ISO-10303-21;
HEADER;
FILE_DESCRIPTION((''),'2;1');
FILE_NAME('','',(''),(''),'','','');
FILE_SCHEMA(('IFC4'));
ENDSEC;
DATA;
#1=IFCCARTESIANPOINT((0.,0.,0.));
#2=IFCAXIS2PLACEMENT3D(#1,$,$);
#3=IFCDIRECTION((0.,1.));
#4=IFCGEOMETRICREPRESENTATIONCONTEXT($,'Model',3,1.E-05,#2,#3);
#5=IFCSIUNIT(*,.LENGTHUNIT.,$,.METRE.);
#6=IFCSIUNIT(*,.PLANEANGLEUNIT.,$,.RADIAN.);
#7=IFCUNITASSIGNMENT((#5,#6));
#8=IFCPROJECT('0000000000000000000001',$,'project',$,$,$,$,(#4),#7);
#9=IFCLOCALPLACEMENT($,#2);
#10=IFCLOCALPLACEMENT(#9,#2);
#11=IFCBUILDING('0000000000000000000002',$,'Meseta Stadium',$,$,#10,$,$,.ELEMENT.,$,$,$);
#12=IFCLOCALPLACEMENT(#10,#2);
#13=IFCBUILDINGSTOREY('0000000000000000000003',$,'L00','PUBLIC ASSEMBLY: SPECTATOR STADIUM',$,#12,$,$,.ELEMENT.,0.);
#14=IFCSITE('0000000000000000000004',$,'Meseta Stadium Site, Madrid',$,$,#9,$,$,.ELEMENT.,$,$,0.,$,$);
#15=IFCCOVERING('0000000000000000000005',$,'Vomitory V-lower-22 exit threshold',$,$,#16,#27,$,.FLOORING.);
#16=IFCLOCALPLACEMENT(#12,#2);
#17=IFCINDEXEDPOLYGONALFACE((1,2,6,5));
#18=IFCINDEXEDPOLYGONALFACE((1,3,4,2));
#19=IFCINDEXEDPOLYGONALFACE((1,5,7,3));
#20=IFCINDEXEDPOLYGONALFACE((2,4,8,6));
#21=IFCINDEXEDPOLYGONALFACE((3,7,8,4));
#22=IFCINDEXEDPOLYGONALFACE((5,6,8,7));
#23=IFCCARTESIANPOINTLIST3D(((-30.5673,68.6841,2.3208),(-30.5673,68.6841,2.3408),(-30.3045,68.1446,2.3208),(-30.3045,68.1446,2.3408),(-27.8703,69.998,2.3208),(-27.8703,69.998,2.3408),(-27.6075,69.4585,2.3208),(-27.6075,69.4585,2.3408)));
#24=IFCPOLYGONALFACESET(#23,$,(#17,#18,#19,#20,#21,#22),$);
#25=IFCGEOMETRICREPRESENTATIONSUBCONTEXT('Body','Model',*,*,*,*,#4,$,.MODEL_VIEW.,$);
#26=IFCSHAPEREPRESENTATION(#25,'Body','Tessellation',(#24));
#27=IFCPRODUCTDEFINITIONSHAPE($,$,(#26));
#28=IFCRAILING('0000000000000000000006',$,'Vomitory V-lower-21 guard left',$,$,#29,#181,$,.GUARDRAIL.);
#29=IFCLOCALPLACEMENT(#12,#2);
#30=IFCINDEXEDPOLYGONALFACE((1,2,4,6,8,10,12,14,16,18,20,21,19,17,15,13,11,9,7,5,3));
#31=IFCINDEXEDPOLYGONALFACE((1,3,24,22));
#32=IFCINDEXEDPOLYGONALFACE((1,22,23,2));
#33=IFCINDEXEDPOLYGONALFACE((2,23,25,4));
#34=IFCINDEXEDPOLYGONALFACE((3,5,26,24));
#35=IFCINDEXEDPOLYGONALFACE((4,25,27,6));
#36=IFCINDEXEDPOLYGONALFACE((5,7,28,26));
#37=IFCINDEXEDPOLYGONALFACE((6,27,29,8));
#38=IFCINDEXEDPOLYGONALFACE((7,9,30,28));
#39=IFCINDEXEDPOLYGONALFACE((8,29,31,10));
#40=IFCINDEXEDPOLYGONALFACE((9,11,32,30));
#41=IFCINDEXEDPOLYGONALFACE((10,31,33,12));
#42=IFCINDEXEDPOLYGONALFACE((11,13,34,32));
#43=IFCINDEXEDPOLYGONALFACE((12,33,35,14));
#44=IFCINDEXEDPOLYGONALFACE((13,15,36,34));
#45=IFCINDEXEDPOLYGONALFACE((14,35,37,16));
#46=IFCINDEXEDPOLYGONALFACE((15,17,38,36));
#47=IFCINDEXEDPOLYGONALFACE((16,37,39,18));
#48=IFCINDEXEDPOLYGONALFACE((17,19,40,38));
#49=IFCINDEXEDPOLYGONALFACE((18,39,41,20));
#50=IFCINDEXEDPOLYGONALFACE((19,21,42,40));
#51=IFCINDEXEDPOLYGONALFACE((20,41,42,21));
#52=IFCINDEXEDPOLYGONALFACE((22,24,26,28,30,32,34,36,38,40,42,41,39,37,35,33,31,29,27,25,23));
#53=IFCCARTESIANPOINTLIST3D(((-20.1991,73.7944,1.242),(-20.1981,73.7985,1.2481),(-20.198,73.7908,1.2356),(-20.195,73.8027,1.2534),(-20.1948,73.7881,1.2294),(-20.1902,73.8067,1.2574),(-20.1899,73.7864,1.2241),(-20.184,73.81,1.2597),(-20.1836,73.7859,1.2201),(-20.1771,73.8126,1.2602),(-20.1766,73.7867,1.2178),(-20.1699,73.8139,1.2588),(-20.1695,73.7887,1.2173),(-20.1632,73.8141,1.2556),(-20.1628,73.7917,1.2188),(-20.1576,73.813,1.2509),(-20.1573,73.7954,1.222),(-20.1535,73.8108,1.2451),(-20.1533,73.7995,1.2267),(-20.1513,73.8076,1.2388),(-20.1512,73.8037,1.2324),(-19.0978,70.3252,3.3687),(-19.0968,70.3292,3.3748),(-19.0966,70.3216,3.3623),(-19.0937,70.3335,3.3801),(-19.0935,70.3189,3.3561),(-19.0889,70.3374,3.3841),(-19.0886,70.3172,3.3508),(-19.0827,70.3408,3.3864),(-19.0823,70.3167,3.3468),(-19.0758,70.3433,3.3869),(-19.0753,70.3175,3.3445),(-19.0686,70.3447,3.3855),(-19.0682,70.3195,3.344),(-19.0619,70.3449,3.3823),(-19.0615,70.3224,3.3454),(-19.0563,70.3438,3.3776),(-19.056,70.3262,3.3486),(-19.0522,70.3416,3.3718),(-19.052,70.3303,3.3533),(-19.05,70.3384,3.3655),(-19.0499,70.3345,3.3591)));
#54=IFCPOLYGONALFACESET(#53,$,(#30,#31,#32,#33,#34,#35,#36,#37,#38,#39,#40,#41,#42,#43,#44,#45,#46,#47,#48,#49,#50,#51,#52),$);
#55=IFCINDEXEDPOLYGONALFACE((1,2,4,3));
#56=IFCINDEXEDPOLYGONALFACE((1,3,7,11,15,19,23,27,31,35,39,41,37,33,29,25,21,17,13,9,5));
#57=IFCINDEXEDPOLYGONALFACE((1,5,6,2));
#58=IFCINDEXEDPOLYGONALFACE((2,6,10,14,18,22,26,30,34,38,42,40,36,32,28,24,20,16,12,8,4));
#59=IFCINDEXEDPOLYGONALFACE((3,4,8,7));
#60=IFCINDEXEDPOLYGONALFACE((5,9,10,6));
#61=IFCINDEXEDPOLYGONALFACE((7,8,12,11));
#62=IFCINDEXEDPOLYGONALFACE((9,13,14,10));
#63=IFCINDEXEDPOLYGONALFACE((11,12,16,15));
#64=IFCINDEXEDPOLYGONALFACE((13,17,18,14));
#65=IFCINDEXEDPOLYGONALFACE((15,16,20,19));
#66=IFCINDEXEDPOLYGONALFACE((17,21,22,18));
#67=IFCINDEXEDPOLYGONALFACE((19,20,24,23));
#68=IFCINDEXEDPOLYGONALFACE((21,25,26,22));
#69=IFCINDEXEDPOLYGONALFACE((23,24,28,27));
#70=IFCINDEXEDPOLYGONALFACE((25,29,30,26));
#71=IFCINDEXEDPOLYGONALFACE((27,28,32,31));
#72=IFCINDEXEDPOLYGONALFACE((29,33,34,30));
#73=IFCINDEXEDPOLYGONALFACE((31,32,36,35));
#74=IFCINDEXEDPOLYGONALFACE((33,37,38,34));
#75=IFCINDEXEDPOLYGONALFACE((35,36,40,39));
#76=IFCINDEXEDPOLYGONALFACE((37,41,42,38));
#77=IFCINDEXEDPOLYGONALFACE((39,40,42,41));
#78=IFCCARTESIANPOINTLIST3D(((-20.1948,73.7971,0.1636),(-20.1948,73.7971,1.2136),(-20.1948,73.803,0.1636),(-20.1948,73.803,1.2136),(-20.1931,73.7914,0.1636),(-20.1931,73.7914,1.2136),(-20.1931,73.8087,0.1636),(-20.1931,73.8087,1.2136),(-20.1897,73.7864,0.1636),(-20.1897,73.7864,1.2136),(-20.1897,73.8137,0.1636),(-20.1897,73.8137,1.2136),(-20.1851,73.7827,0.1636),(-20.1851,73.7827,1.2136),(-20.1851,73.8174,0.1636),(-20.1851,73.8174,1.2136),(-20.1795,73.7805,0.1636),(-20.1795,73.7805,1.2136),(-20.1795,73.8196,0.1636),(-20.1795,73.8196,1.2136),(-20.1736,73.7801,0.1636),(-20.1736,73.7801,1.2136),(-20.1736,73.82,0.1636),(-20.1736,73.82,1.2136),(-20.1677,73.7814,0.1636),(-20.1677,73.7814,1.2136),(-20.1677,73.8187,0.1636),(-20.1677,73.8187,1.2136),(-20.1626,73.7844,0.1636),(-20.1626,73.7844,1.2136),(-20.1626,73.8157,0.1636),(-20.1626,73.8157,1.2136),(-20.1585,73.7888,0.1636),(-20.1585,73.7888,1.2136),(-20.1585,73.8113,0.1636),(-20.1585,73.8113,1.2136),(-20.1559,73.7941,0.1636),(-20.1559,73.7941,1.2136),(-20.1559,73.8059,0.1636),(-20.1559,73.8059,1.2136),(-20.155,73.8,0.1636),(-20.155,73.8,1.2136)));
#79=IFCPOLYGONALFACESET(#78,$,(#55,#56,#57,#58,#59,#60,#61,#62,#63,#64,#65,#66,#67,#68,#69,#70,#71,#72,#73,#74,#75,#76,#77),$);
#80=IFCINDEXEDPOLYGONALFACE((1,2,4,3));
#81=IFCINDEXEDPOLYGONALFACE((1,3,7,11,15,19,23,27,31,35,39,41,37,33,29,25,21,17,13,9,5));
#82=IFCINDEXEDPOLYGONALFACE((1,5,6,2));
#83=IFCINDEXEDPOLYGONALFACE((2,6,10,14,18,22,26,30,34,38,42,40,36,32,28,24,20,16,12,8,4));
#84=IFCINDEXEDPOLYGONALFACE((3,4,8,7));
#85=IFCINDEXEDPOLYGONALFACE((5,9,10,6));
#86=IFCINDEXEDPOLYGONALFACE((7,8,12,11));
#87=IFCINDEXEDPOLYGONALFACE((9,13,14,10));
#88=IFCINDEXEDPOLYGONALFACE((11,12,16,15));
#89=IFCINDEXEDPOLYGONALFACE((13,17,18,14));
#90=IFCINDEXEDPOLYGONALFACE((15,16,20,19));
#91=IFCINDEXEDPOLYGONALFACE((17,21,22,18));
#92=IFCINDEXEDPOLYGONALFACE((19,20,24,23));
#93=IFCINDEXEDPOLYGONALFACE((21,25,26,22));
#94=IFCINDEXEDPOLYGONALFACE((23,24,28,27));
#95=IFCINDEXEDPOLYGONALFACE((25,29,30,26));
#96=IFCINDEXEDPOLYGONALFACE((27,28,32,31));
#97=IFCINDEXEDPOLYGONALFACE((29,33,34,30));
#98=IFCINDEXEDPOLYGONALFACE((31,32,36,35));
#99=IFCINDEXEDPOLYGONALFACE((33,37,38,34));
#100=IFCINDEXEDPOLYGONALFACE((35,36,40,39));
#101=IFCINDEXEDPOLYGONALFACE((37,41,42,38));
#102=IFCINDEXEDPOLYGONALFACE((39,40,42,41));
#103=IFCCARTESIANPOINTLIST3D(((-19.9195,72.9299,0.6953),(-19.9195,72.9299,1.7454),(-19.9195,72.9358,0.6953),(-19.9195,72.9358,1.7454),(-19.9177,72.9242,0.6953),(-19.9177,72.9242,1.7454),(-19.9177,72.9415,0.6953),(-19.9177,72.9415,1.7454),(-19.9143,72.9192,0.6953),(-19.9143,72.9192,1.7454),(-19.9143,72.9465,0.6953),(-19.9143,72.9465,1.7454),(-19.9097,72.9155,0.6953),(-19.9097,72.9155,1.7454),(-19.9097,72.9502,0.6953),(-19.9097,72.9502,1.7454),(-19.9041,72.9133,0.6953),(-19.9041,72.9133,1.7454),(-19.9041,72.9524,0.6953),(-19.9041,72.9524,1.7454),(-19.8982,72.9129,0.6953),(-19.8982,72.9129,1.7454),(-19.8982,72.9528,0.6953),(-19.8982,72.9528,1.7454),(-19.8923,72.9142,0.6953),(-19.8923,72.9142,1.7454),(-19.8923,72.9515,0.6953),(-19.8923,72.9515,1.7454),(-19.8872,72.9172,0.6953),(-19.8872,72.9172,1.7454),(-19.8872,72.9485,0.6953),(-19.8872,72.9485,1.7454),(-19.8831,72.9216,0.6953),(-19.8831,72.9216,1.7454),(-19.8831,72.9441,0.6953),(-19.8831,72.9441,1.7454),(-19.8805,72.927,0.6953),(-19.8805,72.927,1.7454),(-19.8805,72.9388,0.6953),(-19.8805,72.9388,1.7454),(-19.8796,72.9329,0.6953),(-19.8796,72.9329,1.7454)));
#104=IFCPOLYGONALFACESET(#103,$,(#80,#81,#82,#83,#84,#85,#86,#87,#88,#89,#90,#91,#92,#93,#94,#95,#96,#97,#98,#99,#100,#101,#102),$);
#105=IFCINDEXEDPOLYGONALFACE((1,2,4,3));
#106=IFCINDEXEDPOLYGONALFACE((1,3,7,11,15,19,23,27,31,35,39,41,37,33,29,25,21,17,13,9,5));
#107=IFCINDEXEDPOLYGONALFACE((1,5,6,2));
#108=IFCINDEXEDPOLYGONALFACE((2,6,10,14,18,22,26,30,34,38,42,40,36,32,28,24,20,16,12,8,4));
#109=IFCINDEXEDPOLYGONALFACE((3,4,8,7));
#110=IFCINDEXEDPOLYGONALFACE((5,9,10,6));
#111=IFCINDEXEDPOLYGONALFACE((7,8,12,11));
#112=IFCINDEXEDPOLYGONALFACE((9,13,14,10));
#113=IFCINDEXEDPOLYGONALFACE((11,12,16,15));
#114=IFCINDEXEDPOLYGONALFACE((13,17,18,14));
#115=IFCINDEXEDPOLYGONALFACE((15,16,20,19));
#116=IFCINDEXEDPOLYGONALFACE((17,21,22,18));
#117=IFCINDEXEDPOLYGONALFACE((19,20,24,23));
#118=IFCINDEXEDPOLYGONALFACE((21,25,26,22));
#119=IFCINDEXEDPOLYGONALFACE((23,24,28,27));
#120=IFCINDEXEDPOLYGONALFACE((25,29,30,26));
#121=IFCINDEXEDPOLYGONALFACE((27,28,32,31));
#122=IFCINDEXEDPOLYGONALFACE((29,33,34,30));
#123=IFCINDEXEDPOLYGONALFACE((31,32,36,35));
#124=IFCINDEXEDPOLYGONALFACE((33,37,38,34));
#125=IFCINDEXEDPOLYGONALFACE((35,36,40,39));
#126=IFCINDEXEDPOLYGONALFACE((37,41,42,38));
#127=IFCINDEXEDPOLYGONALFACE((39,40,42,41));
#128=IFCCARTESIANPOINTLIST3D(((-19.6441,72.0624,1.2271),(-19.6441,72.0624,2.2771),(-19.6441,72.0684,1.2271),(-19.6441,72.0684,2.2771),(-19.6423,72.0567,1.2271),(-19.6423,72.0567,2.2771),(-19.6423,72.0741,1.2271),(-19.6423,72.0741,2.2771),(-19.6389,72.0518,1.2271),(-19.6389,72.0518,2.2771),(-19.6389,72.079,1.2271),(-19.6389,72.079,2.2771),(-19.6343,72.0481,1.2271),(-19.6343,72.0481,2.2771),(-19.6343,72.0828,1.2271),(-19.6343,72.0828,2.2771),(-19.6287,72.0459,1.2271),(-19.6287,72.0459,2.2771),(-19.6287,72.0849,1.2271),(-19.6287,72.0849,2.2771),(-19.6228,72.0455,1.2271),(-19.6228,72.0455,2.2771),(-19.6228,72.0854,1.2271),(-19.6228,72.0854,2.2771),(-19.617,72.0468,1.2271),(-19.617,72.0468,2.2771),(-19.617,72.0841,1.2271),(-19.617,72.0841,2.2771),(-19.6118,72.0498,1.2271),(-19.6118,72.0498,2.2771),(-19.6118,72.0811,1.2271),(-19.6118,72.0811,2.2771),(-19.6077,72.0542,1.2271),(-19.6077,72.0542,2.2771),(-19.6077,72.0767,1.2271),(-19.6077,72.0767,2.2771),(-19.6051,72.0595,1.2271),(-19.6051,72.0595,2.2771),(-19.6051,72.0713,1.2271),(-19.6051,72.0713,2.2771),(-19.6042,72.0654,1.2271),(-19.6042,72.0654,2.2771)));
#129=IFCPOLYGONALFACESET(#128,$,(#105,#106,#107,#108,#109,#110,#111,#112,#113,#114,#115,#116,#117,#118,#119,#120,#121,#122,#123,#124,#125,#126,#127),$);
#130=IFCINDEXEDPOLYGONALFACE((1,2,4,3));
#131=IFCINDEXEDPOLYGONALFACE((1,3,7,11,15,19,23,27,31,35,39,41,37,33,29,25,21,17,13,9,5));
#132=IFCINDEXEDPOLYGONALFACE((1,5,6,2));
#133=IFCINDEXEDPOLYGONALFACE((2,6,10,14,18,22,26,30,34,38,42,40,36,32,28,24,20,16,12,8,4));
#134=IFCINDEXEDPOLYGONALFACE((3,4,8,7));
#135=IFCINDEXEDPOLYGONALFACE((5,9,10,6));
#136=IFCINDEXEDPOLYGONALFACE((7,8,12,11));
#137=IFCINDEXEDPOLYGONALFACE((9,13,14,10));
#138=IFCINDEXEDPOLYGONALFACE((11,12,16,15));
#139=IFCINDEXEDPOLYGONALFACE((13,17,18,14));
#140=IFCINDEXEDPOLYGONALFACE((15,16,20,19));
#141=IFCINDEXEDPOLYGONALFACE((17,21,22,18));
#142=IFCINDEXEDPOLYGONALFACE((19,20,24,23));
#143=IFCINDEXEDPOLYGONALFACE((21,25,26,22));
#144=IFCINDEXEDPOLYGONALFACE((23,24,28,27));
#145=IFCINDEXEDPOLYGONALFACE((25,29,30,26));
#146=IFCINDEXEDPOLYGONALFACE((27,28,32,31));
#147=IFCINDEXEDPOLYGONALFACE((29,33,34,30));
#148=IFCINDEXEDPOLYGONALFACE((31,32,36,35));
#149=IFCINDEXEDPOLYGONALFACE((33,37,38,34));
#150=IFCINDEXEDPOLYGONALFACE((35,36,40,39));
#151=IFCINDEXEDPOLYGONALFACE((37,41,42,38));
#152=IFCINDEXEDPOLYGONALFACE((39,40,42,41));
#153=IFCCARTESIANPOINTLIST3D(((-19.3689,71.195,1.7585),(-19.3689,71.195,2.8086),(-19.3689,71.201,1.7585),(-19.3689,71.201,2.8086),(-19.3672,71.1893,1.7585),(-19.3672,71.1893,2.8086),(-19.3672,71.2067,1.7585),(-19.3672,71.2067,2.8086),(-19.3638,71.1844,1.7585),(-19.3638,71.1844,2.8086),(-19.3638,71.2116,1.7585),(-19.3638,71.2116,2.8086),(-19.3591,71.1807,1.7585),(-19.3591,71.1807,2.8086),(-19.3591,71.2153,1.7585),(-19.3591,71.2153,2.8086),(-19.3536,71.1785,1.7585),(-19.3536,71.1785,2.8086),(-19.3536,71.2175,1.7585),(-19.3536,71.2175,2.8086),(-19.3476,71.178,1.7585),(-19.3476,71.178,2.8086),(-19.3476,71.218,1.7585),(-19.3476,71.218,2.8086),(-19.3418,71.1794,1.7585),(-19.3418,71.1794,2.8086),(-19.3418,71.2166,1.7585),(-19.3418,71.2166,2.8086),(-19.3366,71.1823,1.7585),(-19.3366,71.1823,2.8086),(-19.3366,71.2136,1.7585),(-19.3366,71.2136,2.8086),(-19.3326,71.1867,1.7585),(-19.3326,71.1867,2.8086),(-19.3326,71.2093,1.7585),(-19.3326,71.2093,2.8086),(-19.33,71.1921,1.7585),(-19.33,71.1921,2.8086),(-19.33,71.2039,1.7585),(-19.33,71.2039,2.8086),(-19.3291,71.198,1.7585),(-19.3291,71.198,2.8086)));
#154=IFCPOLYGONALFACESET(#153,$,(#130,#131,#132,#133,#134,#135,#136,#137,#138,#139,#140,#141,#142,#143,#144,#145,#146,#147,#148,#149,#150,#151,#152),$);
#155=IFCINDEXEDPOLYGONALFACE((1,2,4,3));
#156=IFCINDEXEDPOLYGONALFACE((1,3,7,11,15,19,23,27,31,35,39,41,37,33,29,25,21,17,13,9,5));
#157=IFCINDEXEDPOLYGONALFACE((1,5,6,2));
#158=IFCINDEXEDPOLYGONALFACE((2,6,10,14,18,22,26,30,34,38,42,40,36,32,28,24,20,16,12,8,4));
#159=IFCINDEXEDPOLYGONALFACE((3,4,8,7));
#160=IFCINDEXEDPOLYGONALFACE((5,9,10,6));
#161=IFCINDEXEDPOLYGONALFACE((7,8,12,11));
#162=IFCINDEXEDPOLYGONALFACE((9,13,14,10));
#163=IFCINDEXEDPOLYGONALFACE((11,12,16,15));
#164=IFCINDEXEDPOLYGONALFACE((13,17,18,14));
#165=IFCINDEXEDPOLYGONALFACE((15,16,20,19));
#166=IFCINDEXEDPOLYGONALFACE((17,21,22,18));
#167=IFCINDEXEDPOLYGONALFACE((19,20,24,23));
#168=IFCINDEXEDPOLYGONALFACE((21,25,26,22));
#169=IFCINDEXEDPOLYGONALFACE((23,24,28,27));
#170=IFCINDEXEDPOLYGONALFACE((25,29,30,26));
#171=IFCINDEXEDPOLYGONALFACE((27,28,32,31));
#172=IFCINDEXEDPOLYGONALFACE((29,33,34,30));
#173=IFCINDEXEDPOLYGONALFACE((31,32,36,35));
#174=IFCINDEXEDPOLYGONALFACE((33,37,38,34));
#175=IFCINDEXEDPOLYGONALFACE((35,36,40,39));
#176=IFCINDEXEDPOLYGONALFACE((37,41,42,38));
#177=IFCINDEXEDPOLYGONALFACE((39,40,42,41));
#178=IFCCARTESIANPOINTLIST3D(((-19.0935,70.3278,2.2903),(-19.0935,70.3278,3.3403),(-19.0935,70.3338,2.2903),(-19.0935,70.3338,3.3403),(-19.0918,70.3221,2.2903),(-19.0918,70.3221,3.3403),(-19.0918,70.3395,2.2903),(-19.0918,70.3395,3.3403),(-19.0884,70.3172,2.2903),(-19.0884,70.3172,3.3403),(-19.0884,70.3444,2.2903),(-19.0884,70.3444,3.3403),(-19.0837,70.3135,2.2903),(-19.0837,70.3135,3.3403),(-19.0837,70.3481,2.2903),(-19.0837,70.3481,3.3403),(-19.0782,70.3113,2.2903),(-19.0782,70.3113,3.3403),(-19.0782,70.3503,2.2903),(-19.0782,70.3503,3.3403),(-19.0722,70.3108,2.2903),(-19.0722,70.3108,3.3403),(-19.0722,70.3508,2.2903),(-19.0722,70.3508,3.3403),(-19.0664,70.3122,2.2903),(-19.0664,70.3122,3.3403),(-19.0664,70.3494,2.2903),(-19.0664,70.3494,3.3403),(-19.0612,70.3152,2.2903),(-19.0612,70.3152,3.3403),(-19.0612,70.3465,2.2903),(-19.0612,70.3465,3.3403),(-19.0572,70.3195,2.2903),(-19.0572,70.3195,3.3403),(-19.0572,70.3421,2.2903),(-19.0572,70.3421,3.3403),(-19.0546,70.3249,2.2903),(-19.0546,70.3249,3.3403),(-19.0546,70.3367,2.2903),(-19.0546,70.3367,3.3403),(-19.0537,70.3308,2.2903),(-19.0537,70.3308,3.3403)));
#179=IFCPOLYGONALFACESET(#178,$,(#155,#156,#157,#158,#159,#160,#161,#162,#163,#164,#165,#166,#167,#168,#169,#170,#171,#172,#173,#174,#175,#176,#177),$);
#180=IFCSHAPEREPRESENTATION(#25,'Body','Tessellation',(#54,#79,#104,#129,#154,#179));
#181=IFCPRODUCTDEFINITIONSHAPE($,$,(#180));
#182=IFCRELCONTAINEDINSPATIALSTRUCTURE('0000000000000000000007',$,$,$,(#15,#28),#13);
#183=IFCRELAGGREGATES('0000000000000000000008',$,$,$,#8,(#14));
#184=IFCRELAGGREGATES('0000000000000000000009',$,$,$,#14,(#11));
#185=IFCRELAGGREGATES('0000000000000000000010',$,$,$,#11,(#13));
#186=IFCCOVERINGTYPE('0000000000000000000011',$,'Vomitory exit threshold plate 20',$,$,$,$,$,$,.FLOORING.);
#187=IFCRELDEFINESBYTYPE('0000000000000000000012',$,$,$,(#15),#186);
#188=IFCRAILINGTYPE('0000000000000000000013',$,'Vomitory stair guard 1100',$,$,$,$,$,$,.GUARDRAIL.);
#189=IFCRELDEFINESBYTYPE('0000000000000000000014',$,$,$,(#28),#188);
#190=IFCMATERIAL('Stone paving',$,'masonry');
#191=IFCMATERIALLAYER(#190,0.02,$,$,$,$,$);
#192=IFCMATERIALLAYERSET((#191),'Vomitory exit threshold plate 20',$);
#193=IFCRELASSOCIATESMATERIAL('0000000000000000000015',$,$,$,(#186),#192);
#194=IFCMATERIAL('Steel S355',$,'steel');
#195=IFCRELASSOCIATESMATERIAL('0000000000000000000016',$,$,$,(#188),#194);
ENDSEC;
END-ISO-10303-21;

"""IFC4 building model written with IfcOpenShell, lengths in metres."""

from ifc_helpers import new_model, si_unit, direction, frame, origin, origin_2d, place, context, subcontext, project, spatial, rectangle, circle, extrude, material, layer, layer_set, type_object, element, save


model = new_model("IFC4")

# Units and contexts
model_context = context("Model", 3, precision=1e-05, world=origin(), true_north=direction((0.0, 1.0)))
body_context = subcontext(model_context, "Body", "Model", "MODEL_VIEW")
ifc_project = project(units=[si_unit("LENGTHUNIT", "METRE"), si_unit("PLANEANGLEUNIT", "RADIAN")], contexts=[model_context])

# Site, building, storey
site_placement = place(None, origin())
site = spatial("IfcSite", under=ifc_project, at=site_placement, Name="Meseta Stadium Site, Madrid", CompositionType="ELEMENT", RefElevation=0.0)
building_placement = place(site_placement, origin())
building = spatial("IfcBuilding", under=site, at=building_placement, Name="Meseta Stadium", CompositionType="ELEMENT")
storey_placement = place(building_placement, origin())
storey = spatial("IfcBuildingStorey", under=building, at=storey_placement, Name="L00", Description="PUBLIC ASSEMBLY: SPECTATOR STADIUM", CompositionType="ELEMENT", Elevation=0.0)

# Covering
ifc_material_1 = material(Name="Stone paving", Category="masonry")
ifc_layer = layer(ifc_material_1, 0.02)
ifc_layer_set = layer_set([ifc_layer], Name="Vomitory exit threshold plate 20")
covering_type = type_object("IfcCoveringType", Name="Vomitory exit threshold plate 20", PredefinedType="FLOORING", material=ifc_layer_set)
for number, where, z_axis, x_axis, name in (
    (1, (-29.0874, 69.0713, 2.3208), (0.0, 0.0, 1.0), (0.437966, -0.898991, 0.0), "Vomitory V-lower-22 exit threshold"),
):
    element("IfcCovering", number, at=place(storey_placement, frame(where, z_axis=z_axis, x_axis=x_axis)), inside=storey, type_object=covering_type, Name=name, PredefinedType="FLOORING", context=body_context, shape_type="SweptSolid", body=[
        extrude(rectangle(XDim=0.6001, YDim=3.0, at=origin_2d()), origin(), (0.0, 0.0, 1.0), 0.02),
    ])

# Railing
ifc_material_2 = material(Name="Steel S355", Category="steel")
railing_type_1 = type_object("IfcRailingType", Name="Vomitory stair guard 1100", PredefinedType="GUARDRAIL", material=ifc_material_2)
railing_1_placement = place(storey_placement, frame((-20.175, 73.8, 0.1636)))
element("IfcRailing", 2, at=railing_1_placement, inside=storey, type_object=railing_type_1, Name="Vomitory V-lower-21 guard left", PredefinedType="GUARDRAIL", context=body_context, shape_type="SweptSolid", body=[
    extrude(circle(Radius=0.0249, at=origin_2d()), frame((0.0, 0.0, 1.0752), z_axis=(0.261247, -0.82295, 0.504484), x_axis=(0.953126, 0.302572, 0.0)), (0.0, 0.0, 1.0), 4.2156),
    extrude(circle(Radius=0.02, at=origin_2d()), origin(), (0.0, 0.0, 1.0), 1.05),
    extrude(circle(Radius=0.02, at=origin_2d()), frame((0.2754, -0.8672, 0.5317)), (0.0, 0.0, 1.0), 1.05),
    extrude(circle(Radius=0.02, at=origin_2d()), frame((0.5508, -1.7346, 1.0635)), (0.0, 0.0, 1.0), 1.05),
    extrude(circle(Radius=0.02, at=origin_2d()), frame((0.8259, -2.6021, 1.595)), (0.0, 0.0, 1.0), 1.05),
    extrude(circle(Radius=0.02, at=origin_2d()), frame((1.1013, -3.4692, 2.1267)), (0.0, 0.0, 1.0), 1.05),
])

save(model, "model.ifc")
